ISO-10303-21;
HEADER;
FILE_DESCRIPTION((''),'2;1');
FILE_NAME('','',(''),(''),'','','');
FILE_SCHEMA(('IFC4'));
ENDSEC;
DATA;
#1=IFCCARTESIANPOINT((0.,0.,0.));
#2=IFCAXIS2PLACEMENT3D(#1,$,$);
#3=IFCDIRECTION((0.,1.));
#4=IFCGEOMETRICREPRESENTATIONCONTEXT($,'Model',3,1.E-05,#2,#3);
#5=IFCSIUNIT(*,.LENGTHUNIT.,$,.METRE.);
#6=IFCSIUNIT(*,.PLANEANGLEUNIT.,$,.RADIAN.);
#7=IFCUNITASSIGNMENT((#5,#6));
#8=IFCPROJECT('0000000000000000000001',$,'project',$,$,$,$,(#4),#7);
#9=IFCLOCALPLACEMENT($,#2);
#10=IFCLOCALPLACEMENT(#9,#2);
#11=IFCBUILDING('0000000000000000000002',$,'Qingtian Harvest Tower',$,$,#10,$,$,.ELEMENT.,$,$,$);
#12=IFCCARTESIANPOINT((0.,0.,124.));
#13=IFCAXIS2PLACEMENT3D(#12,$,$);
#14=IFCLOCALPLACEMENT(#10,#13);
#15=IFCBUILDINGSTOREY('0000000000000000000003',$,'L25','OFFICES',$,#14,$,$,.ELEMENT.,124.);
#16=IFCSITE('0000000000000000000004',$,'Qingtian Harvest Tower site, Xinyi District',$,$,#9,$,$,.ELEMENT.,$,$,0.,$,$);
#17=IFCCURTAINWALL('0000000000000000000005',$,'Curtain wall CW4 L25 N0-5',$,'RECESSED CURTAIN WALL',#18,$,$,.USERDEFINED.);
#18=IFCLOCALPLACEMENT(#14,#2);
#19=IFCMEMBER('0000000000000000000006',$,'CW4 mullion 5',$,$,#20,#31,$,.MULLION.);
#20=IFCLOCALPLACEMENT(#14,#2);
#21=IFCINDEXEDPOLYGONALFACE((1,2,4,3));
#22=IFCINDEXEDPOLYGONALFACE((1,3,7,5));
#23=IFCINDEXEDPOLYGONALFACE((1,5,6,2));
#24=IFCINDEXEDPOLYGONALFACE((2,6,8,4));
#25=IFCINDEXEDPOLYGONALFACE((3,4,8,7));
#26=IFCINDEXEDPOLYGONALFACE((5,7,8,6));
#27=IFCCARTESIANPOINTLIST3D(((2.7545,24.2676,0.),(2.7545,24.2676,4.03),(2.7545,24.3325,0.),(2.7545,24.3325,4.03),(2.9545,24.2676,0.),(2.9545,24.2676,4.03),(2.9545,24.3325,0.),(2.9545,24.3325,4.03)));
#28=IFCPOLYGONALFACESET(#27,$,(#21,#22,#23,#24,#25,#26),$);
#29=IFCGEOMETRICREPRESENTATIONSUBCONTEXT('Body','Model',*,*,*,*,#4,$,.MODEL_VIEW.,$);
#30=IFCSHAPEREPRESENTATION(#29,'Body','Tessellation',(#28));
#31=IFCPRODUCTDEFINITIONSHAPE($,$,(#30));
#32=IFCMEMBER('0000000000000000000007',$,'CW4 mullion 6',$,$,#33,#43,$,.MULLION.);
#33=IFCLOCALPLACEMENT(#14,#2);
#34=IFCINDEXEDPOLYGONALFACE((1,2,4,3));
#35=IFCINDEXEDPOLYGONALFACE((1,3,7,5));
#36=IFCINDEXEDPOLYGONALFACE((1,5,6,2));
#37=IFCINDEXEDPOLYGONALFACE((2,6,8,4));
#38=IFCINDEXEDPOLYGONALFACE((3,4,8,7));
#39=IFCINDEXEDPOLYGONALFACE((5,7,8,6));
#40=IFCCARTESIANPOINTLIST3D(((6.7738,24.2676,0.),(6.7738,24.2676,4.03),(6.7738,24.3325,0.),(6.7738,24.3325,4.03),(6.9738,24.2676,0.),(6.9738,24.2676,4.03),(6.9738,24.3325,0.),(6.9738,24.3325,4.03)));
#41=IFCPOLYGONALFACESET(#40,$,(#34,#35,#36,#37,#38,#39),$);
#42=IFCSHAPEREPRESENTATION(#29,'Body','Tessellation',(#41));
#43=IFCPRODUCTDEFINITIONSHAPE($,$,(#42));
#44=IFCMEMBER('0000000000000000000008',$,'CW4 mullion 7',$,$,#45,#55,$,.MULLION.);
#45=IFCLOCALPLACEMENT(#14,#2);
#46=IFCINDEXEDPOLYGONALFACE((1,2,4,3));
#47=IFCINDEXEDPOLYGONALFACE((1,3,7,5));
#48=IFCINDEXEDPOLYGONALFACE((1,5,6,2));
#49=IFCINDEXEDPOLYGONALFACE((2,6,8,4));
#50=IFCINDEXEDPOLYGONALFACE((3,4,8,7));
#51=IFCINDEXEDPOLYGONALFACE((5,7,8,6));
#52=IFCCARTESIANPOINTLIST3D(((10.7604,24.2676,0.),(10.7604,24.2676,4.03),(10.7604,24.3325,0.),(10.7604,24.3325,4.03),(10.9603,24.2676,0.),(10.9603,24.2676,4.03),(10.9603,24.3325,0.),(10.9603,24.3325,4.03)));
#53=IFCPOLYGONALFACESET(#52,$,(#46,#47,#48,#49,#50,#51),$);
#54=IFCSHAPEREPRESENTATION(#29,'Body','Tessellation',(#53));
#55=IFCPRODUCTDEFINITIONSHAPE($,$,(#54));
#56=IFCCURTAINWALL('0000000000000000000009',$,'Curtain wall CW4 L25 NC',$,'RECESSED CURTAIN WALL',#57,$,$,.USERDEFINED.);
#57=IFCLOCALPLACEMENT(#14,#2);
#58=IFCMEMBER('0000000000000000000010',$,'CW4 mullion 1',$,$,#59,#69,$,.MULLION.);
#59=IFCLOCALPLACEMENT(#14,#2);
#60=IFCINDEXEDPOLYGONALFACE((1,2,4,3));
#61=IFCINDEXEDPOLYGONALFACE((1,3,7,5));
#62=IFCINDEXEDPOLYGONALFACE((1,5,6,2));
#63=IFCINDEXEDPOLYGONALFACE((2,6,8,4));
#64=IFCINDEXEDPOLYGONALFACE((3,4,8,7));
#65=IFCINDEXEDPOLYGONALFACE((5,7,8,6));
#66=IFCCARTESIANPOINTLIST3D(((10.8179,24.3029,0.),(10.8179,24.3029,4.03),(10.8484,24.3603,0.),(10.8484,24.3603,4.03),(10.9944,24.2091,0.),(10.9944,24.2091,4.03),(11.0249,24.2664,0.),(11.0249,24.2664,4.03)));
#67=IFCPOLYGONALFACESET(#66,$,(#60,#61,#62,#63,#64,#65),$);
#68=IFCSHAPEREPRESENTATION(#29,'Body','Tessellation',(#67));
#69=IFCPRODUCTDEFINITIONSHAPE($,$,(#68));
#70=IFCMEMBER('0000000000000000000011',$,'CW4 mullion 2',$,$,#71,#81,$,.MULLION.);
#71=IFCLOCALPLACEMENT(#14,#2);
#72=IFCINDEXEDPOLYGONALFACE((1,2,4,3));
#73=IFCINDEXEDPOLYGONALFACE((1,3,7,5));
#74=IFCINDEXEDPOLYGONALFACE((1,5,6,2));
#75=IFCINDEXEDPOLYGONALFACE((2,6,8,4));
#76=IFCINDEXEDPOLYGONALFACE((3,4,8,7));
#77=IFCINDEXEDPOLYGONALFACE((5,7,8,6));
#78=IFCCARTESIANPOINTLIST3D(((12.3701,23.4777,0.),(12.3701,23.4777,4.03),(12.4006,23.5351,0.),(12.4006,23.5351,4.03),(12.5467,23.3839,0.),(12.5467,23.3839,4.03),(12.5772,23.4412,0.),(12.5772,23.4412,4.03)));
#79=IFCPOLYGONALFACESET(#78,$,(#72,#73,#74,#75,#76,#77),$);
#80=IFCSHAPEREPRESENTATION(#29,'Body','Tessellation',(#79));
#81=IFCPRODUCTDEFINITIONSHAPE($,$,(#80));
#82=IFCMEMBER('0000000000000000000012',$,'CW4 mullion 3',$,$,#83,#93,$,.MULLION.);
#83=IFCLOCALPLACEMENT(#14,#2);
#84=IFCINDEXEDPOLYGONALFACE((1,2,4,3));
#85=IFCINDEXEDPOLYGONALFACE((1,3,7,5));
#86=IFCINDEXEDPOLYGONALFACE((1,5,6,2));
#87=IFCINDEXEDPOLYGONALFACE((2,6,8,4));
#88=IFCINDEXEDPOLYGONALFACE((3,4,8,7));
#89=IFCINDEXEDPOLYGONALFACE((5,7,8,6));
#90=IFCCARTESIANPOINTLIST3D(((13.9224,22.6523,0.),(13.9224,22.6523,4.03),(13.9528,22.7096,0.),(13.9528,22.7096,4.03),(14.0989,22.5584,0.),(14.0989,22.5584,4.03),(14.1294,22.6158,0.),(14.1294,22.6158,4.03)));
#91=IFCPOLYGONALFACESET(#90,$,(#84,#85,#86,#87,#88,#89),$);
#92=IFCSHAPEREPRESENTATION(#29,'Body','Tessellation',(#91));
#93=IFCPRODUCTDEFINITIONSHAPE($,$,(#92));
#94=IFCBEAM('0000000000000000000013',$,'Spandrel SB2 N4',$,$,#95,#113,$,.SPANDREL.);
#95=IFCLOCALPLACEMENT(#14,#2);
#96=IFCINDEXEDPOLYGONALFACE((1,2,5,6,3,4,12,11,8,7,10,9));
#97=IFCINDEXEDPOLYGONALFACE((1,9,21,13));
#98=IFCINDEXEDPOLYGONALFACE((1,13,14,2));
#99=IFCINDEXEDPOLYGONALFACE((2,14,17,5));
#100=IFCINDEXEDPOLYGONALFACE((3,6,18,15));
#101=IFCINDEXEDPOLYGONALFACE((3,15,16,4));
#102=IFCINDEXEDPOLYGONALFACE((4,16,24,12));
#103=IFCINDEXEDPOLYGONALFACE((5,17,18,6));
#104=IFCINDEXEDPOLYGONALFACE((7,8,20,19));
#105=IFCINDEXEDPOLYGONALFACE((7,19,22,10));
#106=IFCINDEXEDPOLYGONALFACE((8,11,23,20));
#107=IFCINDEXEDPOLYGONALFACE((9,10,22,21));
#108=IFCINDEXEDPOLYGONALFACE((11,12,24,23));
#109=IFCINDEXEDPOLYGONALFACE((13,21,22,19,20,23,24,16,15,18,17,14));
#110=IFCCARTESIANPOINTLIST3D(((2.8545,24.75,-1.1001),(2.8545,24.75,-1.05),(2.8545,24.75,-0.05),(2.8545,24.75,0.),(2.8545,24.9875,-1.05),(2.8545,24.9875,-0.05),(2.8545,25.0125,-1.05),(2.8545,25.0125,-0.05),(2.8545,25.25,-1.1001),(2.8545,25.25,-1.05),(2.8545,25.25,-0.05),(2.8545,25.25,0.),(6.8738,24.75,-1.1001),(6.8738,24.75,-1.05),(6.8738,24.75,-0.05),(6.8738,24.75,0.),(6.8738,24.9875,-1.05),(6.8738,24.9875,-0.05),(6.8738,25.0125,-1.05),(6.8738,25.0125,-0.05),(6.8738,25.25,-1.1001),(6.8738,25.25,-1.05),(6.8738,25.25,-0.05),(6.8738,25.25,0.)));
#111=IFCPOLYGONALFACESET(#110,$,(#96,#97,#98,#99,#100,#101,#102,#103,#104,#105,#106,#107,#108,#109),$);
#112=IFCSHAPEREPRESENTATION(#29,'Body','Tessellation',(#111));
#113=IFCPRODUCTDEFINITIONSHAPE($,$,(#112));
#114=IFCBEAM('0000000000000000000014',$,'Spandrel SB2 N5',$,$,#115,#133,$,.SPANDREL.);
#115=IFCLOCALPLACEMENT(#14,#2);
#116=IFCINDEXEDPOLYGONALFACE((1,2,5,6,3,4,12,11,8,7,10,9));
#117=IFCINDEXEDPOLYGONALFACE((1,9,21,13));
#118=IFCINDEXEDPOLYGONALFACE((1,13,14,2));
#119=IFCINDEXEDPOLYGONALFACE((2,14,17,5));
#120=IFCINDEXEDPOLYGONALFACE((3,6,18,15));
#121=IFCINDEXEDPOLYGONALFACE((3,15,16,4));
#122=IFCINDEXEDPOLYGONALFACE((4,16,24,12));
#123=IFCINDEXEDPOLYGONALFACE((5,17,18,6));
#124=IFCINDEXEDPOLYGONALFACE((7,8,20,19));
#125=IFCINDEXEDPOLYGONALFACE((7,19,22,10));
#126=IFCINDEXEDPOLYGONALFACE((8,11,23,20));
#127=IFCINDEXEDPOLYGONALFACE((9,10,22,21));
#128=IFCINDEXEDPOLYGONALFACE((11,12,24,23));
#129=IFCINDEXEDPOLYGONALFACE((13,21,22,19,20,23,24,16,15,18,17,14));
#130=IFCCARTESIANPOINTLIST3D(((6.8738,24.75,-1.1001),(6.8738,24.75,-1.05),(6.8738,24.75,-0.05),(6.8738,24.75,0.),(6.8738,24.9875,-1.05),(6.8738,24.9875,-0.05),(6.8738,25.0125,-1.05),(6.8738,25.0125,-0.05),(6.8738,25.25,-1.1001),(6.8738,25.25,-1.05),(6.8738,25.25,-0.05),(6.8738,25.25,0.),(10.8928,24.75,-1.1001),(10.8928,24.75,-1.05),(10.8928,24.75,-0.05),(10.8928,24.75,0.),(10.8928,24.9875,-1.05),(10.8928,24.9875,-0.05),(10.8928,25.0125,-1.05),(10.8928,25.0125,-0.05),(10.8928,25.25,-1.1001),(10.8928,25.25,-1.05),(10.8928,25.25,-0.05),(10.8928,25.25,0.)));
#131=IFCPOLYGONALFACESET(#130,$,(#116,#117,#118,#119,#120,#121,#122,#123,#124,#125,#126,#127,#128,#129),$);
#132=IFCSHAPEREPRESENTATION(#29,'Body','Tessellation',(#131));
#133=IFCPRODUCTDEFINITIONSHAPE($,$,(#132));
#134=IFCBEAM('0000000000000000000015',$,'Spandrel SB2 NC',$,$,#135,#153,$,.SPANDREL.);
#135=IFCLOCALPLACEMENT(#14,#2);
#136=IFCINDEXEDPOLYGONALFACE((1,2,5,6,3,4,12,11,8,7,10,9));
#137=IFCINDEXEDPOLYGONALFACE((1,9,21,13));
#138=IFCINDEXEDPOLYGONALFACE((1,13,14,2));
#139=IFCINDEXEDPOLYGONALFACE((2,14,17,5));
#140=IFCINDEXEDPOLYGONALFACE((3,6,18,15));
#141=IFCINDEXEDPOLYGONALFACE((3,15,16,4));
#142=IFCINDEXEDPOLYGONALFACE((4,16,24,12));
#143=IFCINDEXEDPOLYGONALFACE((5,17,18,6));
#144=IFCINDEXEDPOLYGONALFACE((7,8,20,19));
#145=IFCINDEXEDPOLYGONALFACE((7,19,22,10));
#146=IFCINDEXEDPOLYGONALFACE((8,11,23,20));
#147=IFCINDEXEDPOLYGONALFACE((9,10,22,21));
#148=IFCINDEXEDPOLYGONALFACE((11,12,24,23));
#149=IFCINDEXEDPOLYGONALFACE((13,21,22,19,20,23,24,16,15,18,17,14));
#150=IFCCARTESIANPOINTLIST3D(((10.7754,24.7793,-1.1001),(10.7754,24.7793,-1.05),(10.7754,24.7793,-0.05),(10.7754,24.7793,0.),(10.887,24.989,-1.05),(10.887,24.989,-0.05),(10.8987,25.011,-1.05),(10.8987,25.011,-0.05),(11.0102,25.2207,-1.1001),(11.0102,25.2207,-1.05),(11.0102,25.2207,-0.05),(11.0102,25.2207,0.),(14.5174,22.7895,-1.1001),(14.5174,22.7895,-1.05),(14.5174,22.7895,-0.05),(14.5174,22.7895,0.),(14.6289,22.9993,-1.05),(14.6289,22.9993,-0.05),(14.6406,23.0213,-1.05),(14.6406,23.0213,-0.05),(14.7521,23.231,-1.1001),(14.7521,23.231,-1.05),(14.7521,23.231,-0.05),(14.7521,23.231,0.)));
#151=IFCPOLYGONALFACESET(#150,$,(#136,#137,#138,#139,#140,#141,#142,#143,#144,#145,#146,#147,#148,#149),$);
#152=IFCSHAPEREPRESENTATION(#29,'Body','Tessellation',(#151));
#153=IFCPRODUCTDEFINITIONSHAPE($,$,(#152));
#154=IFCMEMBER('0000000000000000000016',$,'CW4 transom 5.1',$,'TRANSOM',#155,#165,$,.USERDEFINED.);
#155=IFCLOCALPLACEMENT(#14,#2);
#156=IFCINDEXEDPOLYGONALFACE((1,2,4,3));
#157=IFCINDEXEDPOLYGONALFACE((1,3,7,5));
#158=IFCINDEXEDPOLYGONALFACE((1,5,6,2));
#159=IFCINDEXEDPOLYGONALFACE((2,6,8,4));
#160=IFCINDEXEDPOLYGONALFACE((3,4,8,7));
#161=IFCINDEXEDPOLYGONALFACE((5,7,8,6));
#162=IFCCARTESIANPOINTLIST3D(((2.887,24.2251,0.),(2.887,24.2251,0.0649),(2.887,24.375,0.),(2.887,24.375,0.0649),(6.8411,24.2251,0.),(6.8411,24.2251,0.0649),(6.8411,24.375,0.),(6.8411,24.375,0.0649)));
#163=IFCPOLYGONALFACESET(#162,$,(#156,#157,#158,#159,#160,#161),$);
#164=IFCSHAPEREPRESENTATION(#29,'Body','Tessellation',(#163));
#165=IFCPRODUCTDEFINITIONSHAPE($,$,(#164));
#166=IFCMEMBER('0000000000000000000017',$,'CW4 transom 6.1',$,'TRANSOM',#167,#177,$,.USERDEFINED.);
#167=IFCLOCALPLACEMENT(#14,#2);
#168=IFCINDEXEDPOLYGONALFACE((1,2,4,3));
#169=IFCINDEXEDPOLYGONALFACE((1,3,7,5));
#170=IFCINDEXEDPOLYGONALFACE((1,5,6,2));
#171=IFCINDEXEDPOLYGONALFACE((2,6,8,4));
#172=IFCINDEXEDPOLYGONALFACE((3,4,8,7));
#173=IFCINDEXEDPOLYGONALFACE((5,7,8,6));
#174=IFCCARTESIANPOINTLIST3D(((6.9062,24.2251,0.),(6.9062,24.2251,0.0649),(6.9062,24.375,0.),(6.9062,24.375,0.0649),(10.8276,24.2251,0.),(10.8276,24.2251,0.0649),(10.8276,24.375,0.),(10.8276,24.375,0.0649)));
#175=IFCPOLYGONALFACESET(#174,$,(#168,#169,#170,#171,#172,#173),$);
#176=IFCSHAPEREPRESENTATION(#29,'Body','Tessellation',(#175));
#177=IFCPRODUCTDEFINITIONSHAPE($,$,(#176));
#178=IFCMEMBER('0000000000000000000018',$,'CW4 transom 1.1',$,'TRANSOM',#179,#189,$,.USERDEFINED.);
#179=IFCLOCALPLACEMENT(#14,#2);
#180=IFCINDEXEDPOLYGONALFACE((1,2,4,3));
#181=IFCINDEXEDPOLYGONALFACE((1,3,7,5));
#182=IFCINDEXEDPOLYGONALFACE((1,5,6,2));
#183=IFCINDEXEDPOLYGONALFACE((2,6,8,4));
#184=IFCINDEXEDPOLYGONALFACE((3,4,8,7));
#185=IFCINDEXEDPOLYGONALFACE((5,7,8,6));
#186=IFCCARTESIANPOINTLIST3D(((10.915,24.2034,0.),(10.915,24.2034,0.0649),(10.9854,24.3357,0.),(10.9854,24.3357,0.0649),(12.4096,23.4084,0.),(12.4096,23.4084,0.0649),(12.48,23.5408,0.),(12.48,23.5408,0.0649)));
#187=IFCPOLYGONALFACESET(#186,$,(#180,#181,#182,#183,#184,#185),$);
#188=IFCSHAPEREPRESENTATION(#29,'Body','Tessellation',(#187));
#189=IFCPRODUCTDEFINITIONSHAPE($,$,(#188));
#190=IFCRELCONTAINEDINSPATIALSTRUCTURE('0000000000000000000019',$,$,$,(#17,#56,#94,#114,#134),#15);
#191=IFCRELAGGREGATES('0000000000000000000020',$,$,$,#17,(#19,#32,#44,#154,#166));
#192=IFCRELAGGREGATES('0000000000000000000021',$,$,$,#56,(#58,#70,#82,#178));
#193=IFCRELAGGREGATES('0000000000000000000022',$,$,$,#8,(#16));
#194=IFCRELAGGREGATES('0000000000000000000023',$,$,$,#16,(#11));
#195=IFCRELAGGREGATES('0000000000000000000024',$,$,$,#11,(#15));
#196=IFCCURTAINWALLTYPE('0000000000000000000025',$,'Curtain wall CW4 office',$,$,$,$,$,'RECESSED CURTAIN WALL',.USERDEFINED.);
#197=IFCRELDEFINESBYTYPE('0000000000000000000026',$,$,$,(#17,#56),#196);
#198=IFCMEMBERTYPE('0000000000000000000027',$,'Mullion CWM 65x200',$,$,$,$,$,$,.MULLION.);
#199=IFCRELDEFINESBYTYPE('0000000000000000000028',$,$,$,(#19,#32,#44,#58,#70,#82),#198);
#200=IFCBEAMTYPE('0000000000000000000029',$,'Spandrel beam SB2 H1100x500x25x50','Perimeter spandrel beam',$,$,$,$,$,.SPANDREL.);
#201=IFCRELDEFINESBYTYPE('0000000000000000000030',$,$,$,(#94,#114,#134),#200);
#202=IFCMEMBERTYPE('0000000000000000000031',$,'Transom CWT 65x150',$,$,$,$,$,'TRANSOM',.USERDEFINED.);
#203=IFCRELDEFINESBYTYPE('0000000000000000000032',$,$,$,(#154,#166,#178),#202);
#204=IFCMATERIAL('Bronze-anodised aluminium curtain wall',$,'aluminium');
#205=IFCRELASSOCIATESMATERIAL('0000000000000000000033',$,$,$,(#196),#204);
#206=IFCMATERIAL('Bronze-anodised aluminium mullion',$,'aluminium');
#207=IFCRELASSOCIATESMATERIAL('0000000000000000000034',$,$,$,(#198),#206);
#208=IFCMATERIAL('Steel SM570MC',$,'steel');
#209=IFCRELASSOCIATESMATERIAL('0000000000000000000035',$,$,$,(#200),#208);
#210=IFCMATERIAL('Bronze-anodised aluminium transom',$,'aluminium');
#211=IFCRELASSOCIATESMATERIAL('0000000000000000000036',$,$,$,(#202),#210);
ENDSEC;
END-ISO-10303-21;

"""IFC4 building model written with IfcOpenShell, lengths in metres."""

from ifc_helpers import new_model, si_unit, direction, frame, origin, origin_2d, place, context, subcontext, project, spatial, rectangle, i_section, extrude, material, material_profile, profile_set, type_object, element, aggregate, save


model = new_model("IFC4")

# Units and contexts
model_context = context("Model", 3, precision=1e-05, world=origin(), true_north=direction((0.0, 1.0)))
body_context = subcontext(model_context, "Body", "Model", "MODEL_VIEW")
ifc_project = project(units=[si_unit("LENGTHUNIT", "METRE"), si_unit("PLANEANGLEUNIT", "RADIAN")], contexts=[model_context])

# Site, building, storey
site_placement = place(None, origin())
site = spatial("IfcSite", under=ifc_project, at=site_placement, Name="Qingtian Harvest Tower site, Xinyi District", CompositionType="ELEMENT", RefElevation=0.0)
building_placement = place(site_placement, origin())
building = spatial("IfcBuilding", under=site, at=building_placement, Name="Qingtian Harvest Tower", CompositionType="ELEMENT")
storey_placement = place(building_placement, frame((0.0, 0.0, 124.0)))
storey = spatial("IfcBuildingStorey", under=building, at=storey_placement, Name="L25", Description="OFFICES", CompositionType="ELEMENT", Elevation=124.0)

# Curtain walls, members
ifc_material_1 = material(Name="Bronze-anodised aluminium curtain wall", Category="aluminium")
curtain_wall_type = type_object("IfcCurtainWallType", Name="Curtain wall CW4 office", ElementType="RECESSED CURTAIN WALL", PredefinedType="USERDEFINED", material=ifc_material_1)
curtain_wall_1_placement = place(storey_placement, origin())
curtain_wall_1 = element("IfcCurtainWall", 1, at=curtain_wall_1_placement, inside=storey, type_object=curtain_wall_type, Name="Curtain wall CW4 L25 N0-5", ObjectType="RECESSED CURTAIN WALL", PredefinedType="USERDEFINED")
ifc_material_2 = material(Name="Bronze-anodised aluminium mullion", Category="aluminium")
ifc_material_profile_1 = material_profile(ifc_material_2, rectangle(XDim=0.0649, YDim=0.2, at=origin_2d()), Name="AL 65x200")
ifc_profile_set_1 = profile_set([ifc_material_profile_1], Name="Bronze-anodised aluminium mullion")
member_type_1 = type_object("IfcMemberType", Name="Mullion CWM 65x200", PredefinedType="MULLION", material=ifc_profile_set_1)
member_1_placement = place(storey_placement, frame((2.8545, 24.3, 0.0), z_axis=(0.0, 0.0, 1.0), x_axis=(0.0, 1.0, 0.0)))
member_1 = element("IfcMember", 2, at=member_1_placement, type_object=member_type_1, Name="CW4 mullion 5", PredefinedType="MULLION", context=body_context, shape_type="SweptSolid", body=[
    extrude(rectangle(XDim=0.0649, YDim=0.2, at=origin_2d()), origin(), (0.0, 0.0, 1.0), 4.03),
])
member_2_placement = place(storey_placement, frame((6.8738, 24.3, 0.0), z_axis=(0.0, 0.0, 1.0), x_axis=(0.0, 1.0, 0.0)))
member_2 = element("IfcMember", 3, at=member_2_placement, type_object=member_type_1, Name="CW4 mullion 6", PredefinedType="MULLION", context=body_context, shape_type="SweptSolid", body=[
    extrude(rectangle(XDim=0.0649, YDim=0.2, at=origin_2d()), origin(), (0.0, 0.0, 1.0), 4.03),
])
member_3_placement = place(storey_placement, frame((10.8604, 24.3, 0.0), z_axis=(0.0, 0.0, 1.0), x_axis=(0.0, 1.0, 0.0)))
member_3 = element("IfcMember", 4, at=member_3_placement, type_object=member_type_1, Name="CW4 mullion 7", PredefinedType="MULLION", context=body_context, shape_type="SweptSolid", body=[
    extrude(rectangle(XDim=0.0649, YDim=0.2, at=origin_2d()), origin(), (0.0, 0.0, 1.0), 4.03),
])
curtain_wall_2_placement = place(storey_placement, origin())
curtain_wall_2 = element("IfcCurtainWall", 5, at=curtain_wall_2_placement, inside=storey, type_object=curtain_wall_type, Name="Curtain wall CW4 L25 NC", ObjectType="RECESSED CURTAIN WALL", PredefinedType="USERDEFINED")
member_4_placement = place(storey_placement, frame((10.9214, 24.2847, 0.0), z_axis=(0.0, 0.0, 1.0), x_axis=(0.469472, 0.882948, 0.0)))
member_4 = element("IfcMember", 6, at=member_4_placement, type_object=member_type_1, Name="CW4 mullion 1", PredefinedType="MULLION", context=body_context, shape_type="SweptSolid", body=[
    extrude(rectangle(XDim=0.0649, YDim=0.2, at=origin_2d()), origin(), (0.0, 0.0, 1.0), 4.03),
])
member_5_placement = place(storey_placement, frame((12.4736, 23.4595, 0.0), z_axis=(0.0, 0.0, 1.0), x_axis=(0.469472, 0.882948, 0.0)))
member_5 = element("IfcMember", 7, at=member_5_placement, type_object=member_type_1, Name="CW4 mullion 2", PredefinedType="MULLION", context=body_context, shape_type="SweptSolid", body=[
    extrude(rectangle(XDim=0.0649, YDim=0.2, at=origin_2d()), origin(), (0.0, 0.0, 1.0), 4.03),
])
member_6_placement = place(storey_placement, frame((14.0259, 22.634, 0.0), z_axis=(0.0, 0.0, 1.0), x_axis=(0.469472, 0.882948, 0.0)))
member_6 = element("IfcMember", 8, at=member_6_placement, type_object=member_type_1, Name="CW4 mullion 3", PredefinedType="MULLION", context=body_context, shape_type="SweptSolid", body=[
    extrude(rectangle(XDim=0.0649, YDim=0.2, at=origin_2d()), origin(), (0.0, 0.0, 1.0), 4.03),
])

# Beams
ifc_material_3 = material(Name="Steel SM570MC", Category="steel")
ifc_material_profile_2 = material_profile(ifc_material_3, i_section(OverallWidth=0.5, OverallDepth=1.1001, WebThickness=0.0249, FlangeThickness=0.05, at=origin_2d()), Name="H1100x500x25x50")
ifc_profile_set_2 = profile_set([ifc_material_profile_2], Name="Steel SM570MC")
beam_type_1 = type_object("IfcBeamType", Name="Spandrel beam SB2 H1100x500x25x50", Description="Perimeter spandrel beam", PredefinedType="SPANDREL", material=ifc_profile_set_2)
beam_1_placement = place(storey_placement, frame((2.8545, 25.0, -0.55), z_axis=(1.0, 0.0, 0.0), x_axis=(0.0, 1.0, 0.0)))
element("IfcBeam", 9, at=beam_1_placement, inside=storey, type_object=beam_type_1, Name="Spandrel SB2 N4", PredefinedType="SPANDREL", context=body_context, shape_type="SweptSolid", body=[
    extrude(i_section(OverallWidth=0.5, OverallDepth=1.1001, WebThickness=0.0249, FlangeThickness=0.05, at=origin_2d()), origin(), (0.0, 0.0, 1.0), 4.0193),
])
beam_2_placement = place(storey_placement, frame((6.8738, 25.0, -0.55), z_axis=(1.0, 0.0, 0.0), x_axis=(0.0, 1.0, 0.0)))
element("IfcBeam", 10, at=beam_2_placement, inside=storey, type_object=beam_type_1, Name="Spandrel SB2 N5", PredefinedType="SPANDREL", context=body_context, shape_type="SweptSolid", body=[
    extrude(i_section(OverallWidth=0.5, OverallDepth=1.1001, WebThickness=0.0249, FlangeThickness=0.05, at=origin_2d()), origin(), (0.0, 0.0, 1.0), 4.019),
])
beam_3_placement = place(storey_placement, frame((10.8928, 25.0, -0.55), z_axis=(0.882936, -0.469494, 0.0), x_axis=(0.469494, 0.882936, 0.0)))
element("IfcBeam", 11, at=beam_3_placement, inside=storey, type_object=beam_type_1, Name="Spandrel SB2 NC", PredefinedType="SPANDREL", context=body_context, shape_type="SweptSolid", body=[
    extrude(i_section(OverallWidth=0.5, OverallDepth=1.1001, WebThickness=0.0249, FlangeThickness=0.05, at=origin_2d()), origin(), (0.0, 0.0, 1.0), 4.238),
])

# Members
ifc_material_4 = material(Name="Bronze-anodised aluminium transom", Category="aluminium")
ifc_material_profile_3 = material_profile(ifc_material_4, rectangle(XDim=0.1499, YDim=0.0649, at=origin_2d()), Name="AL 65x150")
ifc_profile_set_3 = profile_set([ifc_material_profile_3], Name="Bronze-anodised aluminium transom")
member_type_2 = type_object("IfcMemberType", Name="Transom CWT 65x150", ElementType="TRANSOM", PredefinedType="USERDEFINED", material=ifc_profile_set_3)
member_7_placement = place(storey_placement, frame((2.887, 24.3, 0.0325), z_axis=(1.0, 0.0, 0.0), x_axis=(0.0, 1.0, 0.0)))
member_7 = element("IfcMember", 12, at=member_7_placement, type_object=member_type_2, Name="CW4 transom 5.1", ObjectType="TRANSOM", PredefinedType="USERDEFINED", context=body_context, shape_type="SweptSolid", body=[
    extrude(rectangle(XDim=0.1499, YDim=0.0649, at=origin_2d()), origin(), (0.0, 0.0, 1.0), 3.9541),
])
member_8_placement = place(storey_placement, frame((6.9062, 24.3, 0.0325), z_axis=(1.0, 0.0, 0.0), x_axis=(0.0, 1.0, 0.0)))
member_8 = element("IfcMember", 13, at=member_8_placement, type_object=member_type_2, Name="CW4 transom 6.1", ObjectType="TRANSOM", PredefinedType="USERDEFINED", context=body_context, shape_type="SweptSolid", body=[
    extrude(rectangle(XDim=0.1499, YDim=0.0649, at=origin_2d()), origin(), (0.0, 0.0, 1.0), 3.9214),
])
member_9_placement = place(storey_placement, frame((10.9502, 24.2695, 0.0325), z_axis=(0.882895, -0.46957, 0.0), x_axis=(0.46957, 0.882895, 0.0)))
member_9 = element("IfcMember", 14, at=member_9_placement, type_object=member_type_2, Name="CW4 transom 1.1", ObjectType="TRANSOM", PredefinedType="USERDEFINED", context=body_context, shape_type="SweptSolid", body=[
    extrude(rectangle(XDim=0.1499, YDim=0.0649, at=origin_2d()), origin(), (0.0, 0.0, 1.0), 1.6929),
])

aggregate(curtain_wall_1, [member_1, member_2, member_3, member_7, member_8])
aggregate(curtain_wall_2, [member_4, member_5, member_6, member_9])

save(model, "model.ifc")
